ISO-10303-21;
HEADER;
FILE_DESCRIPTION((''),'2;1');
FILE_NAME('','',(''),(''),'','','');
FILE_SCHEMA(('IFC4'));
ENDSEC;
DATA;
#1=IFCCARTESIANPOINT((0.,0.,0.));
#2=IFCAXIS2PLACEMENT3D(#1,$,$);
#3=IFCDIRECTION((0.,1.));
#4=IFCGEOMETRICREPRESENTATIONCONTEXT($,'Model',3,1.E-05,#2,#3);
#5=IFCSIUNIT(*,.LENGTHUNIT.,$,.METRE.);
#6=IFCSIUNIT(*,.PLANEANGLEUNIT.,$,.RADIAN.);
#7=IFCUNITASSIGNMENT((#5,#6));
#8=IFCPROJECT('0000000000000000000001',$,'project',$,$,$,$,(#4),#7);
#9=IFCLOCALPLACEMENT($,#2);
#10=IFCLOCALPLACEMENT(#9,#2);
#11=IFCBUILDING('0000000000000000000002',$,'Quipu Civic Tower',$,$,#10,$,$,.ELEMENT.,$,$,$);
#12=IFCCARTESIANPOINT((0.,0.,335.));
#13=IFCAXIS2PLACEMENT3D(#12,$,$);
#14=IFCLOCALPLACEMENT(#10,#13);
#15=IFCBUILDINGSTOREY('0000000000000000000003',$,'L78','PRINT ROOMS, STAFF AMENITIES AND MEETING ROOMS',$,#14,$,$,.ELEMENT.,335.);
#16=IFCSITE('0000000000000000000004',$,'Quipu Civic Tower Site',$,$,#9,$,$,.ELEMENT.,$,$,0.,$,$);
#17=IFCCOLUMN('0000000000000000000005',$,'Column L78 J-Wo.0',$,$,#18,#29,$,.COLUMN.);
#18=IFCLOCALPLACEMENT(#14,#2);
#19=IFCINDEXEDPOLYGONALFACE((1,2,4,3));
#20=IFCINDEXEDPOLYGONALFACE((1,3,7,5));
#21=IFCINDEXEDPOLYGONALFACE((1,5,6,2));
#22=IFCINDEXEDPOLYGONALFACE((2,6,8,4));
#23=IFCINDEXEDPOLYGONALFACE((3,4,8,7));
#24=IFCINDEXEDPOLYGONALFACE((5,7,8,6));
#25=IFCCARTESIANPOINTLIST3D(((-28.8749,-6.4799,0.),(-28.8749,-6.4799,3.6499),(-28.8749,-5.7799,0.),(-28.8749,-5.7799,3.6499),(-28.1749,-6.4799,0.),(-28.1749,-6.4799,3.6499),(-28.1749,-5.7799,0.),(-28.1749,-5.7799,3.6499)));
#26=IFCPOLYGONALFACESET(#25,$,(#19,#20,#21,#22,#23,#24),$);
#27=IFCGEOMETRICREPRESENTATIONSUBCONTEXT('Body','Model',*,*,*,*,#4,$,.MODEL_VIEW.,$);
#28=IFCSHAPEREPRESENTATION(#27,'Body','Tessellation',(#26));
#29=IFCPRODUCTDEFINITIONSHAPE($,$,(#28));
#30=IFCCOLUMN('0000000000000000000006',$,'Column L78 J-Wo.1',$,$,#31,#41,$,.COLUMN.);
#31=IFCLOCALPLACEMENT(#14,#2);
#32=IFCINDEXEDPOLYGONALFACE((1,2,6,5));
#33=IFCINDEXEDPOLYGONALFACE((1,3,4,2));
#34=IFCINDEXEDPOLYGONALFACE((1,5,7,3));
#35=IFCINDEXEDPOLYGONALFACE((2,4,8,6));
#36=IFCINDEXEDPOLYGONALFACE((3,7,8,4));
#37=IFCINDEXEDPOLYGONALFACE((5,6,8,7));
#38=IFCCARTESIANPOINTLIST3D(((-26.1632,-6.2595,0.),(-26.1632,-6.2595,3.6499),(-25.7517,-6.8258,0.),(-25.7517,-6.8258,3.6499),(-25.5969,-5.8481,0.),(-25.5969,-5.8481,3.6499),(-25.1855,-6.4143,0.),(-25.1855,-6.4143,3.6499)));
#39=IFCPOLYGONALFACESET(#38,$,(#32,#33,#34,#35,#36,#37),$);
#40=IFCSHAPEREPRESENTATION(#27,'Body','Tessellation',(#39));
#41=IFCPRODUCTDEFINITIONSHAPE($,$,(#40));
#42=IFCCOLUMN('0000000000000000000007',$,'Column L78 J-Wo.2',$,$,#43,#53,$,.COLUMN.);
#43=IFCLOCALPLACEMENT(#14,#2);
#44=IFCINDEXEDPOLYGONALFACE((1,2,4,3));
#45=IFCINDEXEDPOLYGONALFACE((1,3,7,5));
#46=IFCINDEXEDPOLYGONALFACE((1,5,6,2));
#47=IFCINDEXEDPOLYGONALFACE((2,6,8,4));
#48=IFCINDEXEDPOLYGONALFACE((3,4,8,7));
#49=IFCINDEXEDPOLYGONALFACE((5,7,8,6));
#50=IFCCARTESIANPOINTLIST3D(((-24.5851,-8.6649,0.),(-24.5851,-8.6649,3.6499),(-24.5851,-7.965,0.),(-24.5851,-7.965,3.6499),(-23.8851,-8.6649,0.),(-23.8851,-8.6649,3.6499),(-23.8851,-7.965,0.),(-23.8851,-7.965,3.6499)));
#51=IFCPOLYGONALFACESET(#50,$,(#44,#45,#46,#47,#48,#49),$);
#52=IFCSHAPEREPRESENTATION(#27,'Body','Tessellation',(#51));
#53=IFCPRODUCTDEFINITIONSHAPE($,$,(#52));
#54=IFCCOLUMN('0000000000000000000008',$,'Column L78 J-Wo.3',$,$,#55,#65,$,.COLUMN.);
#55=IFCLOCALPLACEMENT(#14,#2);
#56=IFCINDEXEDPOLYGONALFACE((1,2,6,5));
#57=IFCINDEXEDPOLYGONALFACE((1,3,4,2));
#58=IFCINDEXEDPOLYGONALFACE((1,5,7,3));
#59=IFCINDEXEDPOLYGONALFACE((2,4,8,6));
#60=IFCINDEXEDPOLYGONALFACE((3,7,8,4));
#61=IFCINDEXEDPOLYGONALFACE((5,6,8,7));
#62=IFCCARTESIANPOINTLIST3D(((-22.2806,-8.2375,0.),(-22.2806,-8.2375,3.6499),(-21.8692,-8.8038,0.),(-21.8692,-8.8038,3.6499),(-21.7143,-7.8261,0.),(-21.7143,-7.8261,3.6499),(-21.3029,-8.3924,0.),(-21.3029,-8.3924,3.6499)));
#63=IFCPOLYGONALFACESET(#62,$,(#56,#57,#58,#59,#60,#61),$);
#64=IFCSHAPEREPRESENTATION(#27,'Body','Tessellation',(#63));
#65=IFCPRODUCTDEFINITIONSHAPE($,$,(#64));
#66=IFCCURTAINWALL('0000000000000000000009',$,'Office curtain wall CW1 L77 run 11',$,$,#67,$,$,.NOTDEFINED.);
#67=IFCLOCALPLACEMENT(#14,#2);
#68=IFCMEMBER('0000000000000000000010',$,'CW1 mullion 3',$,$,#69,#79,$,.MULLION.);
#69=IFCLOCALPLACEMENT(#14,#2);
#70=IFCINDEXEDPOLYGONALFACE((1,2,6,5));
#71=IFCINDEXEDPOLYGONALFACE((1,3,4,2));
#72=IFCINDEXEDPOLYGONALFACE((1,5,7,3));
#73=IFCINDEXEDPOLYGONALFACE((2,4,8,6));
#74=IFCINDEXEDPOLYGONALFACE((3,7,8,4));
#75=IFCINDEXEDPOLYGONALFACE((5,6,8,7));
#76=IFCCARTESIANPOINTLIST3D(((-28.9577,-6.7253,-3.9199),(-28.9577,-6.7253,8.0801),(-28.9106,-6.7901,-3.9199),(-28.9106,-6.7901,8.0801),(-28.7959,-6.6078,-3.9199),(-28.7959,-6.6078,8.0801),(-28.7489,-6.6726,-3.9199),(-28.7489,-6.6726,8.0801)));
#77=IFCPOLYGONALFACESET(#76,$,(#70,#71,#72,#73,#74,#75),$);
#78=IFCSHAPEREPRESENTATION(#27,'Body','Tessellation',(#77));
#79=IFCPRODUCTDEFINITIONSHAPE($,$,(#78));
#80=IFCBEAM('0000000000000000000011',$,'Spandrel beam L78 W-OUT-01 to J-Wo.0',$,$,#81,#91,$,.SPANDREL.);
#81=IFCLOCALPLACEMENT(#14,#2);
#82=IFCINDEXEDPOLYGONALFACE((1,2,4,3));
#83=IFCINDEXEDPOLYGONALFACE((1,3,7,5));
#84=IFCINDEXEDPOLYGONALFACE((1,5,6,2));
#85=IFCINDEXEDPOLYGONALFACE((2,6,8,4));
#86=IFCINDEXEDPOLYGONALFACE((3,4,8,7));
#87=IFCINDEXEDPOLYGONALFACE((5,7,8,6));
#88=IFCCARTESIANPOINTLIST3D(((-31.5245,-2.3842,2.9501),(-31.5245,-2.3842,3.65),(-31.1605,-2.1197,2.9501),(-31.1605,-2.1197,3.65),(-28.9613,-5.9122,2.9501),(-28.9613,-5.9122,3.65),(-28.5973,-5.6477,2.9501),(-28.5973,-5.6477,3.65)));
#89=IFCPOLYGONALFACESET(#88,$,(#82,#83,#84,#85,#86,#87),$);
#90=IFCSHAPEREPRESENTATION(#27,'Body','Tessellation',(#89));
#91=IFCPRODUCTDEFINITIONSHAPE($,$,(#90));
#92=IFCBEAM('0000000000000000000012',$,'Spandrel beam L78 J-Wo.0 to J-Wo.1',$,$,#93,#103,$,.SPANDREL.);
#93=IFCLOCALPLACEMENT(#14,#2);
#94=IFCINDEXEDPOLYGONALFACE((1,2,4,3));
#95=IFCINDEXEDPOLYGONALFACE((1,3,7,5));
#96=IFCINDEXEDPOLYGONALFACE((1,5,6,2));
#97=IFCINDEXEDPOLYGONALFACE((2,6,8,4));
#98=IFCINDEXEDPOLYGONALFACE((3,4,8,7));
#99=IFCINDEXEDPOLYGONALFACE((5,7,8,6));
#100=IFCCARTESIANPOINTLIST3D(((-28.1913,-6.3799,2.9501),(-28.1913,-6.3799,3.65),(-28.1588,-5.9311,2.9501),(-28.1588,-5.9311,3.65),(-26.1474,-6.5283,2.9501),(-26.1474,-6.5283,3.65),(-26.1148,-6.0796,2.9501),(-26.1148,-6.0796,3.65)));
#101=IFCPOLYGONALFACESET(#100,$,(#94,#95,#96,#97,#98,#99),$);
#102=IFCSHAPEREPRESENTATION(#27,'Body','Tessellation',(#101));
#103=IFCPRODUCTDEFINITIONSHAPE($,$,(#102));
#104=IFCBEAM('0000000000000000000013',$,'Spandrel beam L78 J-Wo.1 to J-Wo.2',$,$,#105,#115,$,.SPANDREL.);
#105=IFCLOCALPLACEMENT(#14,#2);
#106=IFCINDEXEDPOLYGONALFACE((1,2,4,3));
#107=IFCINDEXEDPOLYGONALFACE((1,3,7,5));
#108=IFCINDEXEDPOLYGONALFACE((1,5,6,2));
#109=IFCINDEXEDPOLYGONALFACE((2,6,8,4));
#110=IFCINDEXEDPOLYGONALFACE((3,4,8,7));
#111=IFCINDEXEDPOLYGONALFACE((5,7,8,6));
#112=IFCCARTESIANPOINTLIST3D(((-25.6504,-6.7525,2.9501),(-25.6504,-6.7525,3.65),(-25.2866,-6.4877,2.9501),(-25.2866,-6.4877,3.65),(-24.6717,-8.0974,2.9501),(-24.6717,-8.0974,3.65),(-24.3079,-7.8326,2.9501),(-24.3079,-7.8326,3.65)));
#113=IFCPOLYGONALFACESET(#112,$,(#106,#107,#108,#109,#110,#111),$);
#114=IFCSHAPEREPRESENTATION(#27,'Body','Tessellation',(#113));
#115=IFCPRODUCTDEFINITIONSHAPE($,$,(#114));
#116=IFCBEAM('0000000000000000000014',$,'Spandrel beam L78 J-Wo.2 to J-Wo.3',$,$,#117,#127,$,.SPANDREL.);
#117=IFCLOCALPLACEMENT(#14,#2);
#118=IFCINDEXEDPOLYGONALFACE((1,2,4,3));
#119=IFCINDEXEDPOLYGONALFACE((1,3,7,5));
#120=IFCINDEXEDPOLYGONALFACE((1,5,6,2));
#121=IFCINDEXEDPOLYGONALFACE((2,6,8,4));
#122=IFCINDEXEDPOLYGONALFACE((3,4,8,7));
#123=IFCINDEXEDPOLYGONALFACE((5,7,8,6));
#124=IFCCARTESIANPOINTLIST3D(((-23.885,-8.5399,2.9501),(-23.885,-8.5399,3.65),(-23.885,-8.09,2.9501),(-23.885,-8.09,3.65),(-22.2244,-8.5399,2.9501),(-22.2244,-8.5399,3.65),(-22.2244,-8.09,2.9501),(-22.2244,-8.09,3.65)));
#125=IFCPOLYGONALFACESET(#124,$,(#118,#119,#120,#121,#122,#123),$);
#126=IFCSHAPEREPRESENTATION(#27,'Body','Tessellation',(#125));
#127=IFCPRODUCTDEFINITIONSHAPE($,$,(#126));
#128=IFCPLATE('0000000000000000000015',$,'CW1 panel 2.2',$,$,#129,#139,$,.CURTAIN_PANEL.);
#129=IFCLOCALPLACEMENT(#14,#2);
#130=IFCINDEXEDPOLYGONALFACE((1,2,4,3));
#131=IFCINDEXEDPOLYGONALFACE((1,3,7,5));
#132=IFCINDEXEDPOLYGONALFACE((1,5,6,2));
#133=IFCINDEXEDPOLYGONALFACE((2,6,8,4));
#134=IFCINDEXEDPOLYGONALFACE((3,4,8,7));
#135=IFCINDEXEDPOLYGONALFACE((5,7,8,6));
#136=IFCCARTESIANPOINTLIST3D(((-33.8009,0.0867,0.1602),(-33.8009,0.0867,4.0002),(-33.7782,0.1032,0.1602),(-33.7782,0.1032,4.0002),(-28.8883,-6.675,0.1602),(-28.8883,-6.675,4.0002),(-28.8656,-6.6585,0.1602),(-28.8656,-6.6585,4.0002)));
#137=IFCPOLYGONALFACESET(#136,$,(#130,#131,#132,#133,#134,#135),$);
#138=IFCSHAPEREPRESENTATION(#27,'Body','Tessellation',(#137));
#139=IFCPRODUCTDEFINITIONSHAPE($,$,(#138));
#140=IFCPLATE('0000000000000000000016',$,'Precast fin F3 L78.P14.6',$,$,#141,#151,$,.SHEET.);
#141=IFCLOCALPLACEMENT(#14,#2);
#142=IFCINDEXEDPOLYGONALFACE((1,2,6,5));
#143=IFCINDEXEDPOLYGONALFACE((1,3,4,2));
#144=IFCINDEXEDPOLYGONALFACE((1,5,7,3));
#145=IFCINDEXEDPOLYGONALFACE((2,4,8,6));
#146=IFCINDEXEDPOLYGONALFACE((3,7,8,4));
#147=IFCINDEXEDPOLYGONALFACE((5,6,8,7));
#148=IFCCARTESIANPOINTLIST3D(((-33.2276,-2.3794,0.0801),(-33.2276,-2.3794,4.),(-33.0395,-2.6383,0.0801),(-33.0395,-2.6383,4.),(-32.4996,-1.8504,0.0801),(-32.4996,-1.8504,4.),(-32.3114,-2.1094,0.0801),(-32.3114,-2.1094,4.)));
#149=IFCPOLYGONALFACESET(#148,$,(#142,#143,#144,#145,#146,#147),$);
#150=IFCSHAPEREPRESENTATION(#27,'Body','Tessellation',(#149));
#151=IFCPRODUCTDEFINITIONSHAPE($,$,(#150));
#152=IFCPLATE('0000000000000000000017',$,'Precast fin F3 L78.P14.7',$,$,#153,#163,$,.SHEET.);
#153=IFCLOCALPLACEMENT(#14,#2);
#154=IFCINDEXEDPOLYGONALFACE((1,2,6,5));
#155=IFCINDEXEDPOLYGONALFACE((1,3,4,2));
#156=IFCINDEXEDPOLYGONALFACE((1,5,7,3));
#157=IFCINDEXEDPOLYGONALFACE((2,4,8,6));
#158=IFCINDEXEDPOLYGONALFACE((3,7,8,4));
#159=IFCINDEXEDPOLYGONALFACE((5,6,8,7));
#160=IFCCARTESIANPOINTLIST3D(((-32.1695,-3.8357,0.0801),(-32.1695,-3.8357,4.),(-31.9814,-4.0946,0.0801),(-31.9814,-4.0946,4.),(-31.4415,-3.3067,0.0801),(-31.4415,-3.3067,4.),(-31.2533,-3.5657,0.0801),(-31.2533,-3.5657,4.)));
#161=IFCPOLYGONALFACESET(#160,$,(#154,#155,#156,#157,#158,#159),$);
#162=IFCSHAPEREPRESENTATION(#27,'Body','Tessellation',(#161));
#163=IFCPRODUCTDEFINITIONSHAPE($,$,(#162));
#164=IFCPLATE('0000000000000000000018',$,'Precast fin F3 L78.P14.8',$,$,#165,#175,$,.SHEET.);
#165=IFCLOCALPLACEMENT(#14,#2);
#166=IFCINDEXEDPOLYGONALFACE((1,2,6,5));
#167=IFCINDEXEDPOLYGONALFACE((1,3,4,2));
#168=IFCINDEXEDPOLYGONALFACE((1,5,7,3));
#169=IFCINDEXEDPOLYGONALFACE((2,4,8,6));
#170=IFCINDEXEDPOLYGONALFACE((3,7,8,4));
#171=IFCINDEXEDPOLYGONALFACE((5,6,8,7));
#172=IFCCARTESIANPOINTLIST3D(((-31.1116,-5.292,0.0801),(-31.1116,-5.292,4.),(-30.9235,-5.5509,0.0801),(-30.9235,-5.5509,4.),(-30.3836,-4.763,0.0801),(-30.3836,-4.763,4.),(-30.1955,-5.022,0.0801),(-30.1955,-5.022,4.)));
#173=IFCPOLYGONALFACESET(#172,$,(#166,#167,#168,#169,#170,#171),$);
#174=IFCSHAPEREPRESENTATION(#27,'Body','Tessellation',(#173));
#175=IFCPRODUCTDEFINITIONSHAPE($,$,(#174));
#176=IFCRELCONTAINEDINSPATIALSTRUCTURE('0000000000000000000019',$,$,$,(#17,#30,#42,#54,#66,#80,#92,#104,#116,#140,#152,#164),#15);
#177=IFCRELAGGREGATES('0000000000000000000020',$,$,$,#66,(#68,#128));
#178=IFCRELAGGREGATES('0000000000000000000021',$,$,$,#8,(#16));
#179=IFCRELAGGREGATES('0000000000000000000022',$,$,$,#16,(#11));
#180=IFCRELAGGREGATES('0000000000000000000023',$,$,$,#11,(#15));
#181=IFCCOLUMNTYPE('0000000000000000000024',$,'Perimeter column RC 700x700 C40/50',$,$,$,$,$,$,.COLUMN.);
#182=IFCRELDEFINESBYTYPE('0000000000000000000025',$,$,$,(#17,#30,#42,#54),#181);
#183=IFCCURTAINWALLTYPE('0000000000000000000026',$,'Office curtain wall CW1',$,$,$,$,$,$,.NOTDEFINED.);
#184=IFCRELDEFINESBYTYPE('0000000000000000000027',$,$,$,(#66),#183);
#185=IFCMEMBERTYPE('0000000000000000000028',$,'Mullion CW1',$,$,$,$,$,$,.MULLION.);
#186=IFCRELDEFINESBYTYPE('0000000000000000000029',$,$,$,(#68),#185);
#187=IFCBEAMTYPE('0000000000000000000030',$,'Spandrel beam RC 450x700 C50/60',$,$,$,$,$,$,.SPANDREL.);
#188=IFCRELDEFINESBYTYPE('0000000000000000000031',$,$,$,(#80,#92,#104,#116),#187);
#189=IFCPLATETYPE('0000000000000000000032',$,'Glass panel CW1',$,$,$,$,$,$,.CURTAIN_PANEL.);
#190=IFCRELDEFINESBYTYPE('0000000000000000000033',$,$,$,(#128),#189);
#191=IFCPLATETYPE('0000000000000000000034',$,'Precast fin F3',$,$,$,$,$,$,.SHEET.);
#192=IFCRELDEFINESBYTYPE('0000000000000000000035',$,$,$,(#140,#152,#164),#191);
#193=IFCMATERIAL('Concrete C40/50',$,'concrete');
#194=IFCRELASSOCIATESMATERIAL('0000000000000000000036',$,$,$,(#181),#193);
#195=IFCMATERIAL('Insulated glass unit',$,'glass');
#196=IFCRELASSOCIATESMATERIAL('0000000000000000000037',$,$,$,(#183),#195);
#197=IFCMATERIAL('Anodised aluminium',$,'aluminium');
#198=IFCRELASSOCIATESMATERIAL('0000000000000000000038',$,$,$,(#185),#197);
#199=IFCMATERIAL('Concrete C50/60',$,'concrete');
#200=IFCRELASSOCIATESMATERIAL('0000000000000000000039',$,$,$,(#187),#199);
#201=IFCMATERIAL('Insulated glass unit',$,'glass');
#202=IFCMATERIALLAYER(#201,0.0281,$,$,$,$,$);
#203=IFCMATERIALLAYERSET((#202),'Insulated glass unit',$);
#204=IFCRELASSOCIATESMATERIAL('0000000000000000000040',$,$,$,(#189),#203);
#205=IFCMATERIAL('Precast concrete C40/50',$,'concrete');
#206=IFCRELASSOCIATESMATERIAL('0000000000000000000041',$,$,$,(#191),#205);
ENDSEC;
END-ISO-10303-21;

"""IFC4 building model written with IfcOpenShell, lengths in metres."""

from ifc_helpers import new_model, si_unit, direction, frame, origin, origin_2d, place, context, subcontext, project, spatial, rectangle, extrude, material, layer, layer_set, material_profile, profile_set, type_object, element, aggregate, save


model = new_model("IFC4")

# Units and contexts
model_context = context("Model", 3, precision=1e-05, world=origin(), true_north=direction((0.0, 1.0)))
body_context = subcontext(model_context, "Body", "Model", "MODEL_VIEW")
ifc_project = project(units=[si_unit("LENGTHUNIT", "METRE"), si_unit("PLANEANGLEUNIT", "RADIAN")], contexts=[model_context])

# Site, building, storey
site_placement = place(None, origin())
site = spatial("IfcSite", under=ifc_project, at=site_placement, Name="Quipu Civic Tower Site", CompositionType="ELEMENT", RefElevation=0.0)
building_placement = place(site_placement, origin())
building = spatial("IfcBuilding", under=site, at=building_placement, Name="Quipu Civic Tower", CompositionType="ELEMENT")
storey_placement = place(building_placement, frame((0.0, 0.0, 335.0)))
storey = spatial("IfcBuildingStorey", under=building, at=storey_placement, Name="L78", Description="PRINT ROOMS, STAFF AMENITIES AND MEETING ROOMS", CompositionType="ELEMENT", Elevation=335.0)

# Columns
ifc_material_1 = material(Name="Concrete C40/50", Category="concrete")
ifc_material_profile_1 = material_profile(ifc_material_1, rectangle(XDim=0.7, YDim=0.7, at=origin_2d()), Name="RC700x700")
ifc_profile_set_1 = profile_set([ifc_material_profile_1], Name="Concrete C40/50")
column_type = type_object("IfcColumnType", Name="Perimeter column RC 700x700 C40/50", PredefinedType="COLUMN", material=ifc_profile_set_1)
for number, where, z_axis, x_axis, name in (
    (1, (-28.5249, -6.1299, 0.0), (0.0, 0.0, 1.0), (1.0, 0.0, 0.0), "Column L78 J-Wo.0"),
    (2, (-25.6743, -6.3369, 0.0), (0.0, 0.0, 1.0), (0.587785, -0.809017, 0.0), "Column L78 J-Wo.1"),
    (3, (-24.2351, -8.3149, 0.0), (0.0, 0.0, 1.0), (1.0, 0.0, 0.0), "Column L78 J-Wo.2"),
    (4, (-21.7917, -8.3149, 0.0), (0.0, 0.0, 1.0), (0.587785, -0.809017, 0.0), "Column L78 J-Wo.3"),
):
    element("IfcColumn", number, at=place(storey_placement, frame(where, z_axis=z_axis, x_axis=x_axis)), inside=storey, type_object=column_type, Name=name, PredefinedType="COLUMN", context=body_context, shape_type="SweptSolid", body=[
        extrude(rectangle(XDim=0.7, YDim=0.7, at=origin_2d()), origin(), (0.0, 0.0, 1.0), 3.6499),
    ])

# Curtain wall, member
ifc_material_2 = material(Name="Insulated glass unit", Category="glass")
curtain_wall_type = type_object("IfcCurtainWallType", Name="Office curtain wall CW1", PredefinedType="NOTDEFINED", material=ifc_material_2)
curtain_wall_placement = place(storey_placement, origin())
curtain_wall = element("IfcCurtainWall", 5, at=curtain_wall_placement, inside=storey, type_object=curtain_wall_type, Name="Office curtain wall CW1 L77 run 11", PredefinedType="NOTDEFINED")
ifc_material_3 = material(Name="Anodised aluminium", Category="aluminium")
ifc_material_profile_2 = material_profile(ifc_material_3, rectangle(XDim=0.2, YDim=0.0801, at=origin_2d()), Name="RECT 200x80")
ifc_profile_set_2 = profile_set([ifc_material_profile_2], Name="Anodised aluminium")
member_type = type_object("IfcMemberType", Name="Mullion CW1", PredefinedType="MULLION", material=ifc_profile_set_2)
member_placement = place(storey_placement, frame((-28.8533, -6.699, -3.9199), z_axis=(0.0, 0.0, 1.0), x_axis=(0.809016, 0.587786, 0.0)))
member = element("IfcMember", 6, at=member_placement, type_object=member_type, Name="CW1 mullion 3", PredefinedType="MULLION", context=body_context, shape_type="SweptSolid", body=[
    extrude(rectangle(XDim=0.2, YDim=0.0801, at=origin_2d()), origin(), (0.0, 0.0, 1.0), 12.0),
])

# Beams
ifc_material_4 = material(Name="Concrete C50/60", Category="concrete")
ifc_material_profile_3 = material_profile(ifc_material_4, rectangle(XDim=0.45, YDim=0.7, at=origin_2d()), Name="RC450x700")
ifc_profile_set_3 = profile_set([ifc_material_profile_3], Name="Concrete C50/60")
beam_type = type_object("IfcBeamType", Name="Spandrel beam RC 450x700 C50/60", PredefinedType="SPANDREL", material=ifc_profile_set_3)
beam_1_placement = place(storey_placement, frame((-31.3425, -2.252, 3.3), z_axis=(0.587776, -0.809024, 0.0), x_axis=(0.809024, 0.587776, 0.0)))
element("IfcBeam", 7, at=beam_1_placement, inside=storey, type_object=beam_type, Name="Spandrel beam L78 W-OUT-01 to J-Wo.0", PredefinedType="SPANDREL", context=body_context, shape_type="SweptSolid", body=[
    extrude(rectangle(XDim=0.45, YDim=0.7, at=origin_2d()), origin(), (0.0, 0.0, 1.0), 4.3608),
])
beam_2_placement = place(storey_placement, frame((-28.175, -6.1555, 3.3), z_axis=(0.997373, -0.072432, 0.0), x_axis=(0.072432, 0.997373, 0.0)))
element("IfcBeam", 8, at=beam_2_placement, inside=storey, type_object=beam_type, Name="Spandrel beam L78 J-Wo.0 to J-Wo.1", PredefinedType="SPANDREL", context=body_context, shape_type="SweptSolid", body=[
    extrude(rectangle(XDim=0.45, YDim=0.7, at=origin_2d()), origin(), (0.0, 0.0, 1.0), 2.0493),
])
beam_3_placement = place(storey_placement, frame((-25.4685, -6.6201, 3.3), z_axis=(0.588407, -0.808565, 0.0), x_axis=(0.808565, 0.588407, 0.0)))
element("IfcBeam", 9, at=beam_3_placement, inside=storey, type_object=beam_type, Name="Spandrel beam L78 J-Wo.1 to J-Wo.2", PredefinedType="SPANDREL", context=body_context, shape_type="SweptSolid", body=[
    extrude(rectangle(XDim=0.45, YDim=0.7, at=origin_2d()), origin(), (0.0, 0.0, 1.0), 1.6633),
])
beam_4_placement = place(storey_placement, frame((-23.885, -8.3149, 3.3), z_axis=(1.0, 0.0, 0.0), x_axis=(0.0, 1.0, 0.0)))
element("IfcBeam", 10, at=beam_4_placement, inside=storey, type_object=beam_type, Name="Spandrel beam L78 J-Wo.2 to J-Wo.3", PredefinedType="SPANDREL", context=body_context, shape_type="SweptSolid", body=[
    extrude(rectangle(XDim=0.45, YDim=0.7, at=origin_2d()), origin(), (0.0, 0.0, 1.0), 1.6606),
])

# Plate
ifc_material_5 = material(Name="Insulated glass unit", Category="glass")
ifc_layer_1 = layer(ifc_material_5, 0.0281)
ifc_layer_set_1 = layer_set([ifc_layer_1], Name="Insulated glass unit")
plate_type_1 = type_object("IfcPlateType", Name="Glass panel CW1", PredefinedType="CURTAIN_PANEL", material=ifc_layer_set_1)
plate_placement = place(storey_placement, frame((-31.3333, -3.2859, 0.1602), z_axis=(0.0, 0.0, 1.0), x_axis=(0.587786, -0.809016, 0.0)))
plate = element("IfcPlate", 11, at=plate_placement, type_object=plate_type_1, Name="CW1 panel 2.2", PredefinedType="CURTAIN_PANEL", context=body_context, shape_type="SweptSolid", body=[
    extrude(rectangle(XDim=8.3579, YDim=0.0281, at=origin_2d()), origin(), (0.0, 0.0, 1.0), 3.8401),
])
aggregate(curtain_wall, [member, plate])

# Plates
ifc_material_6 = material(Name="Precast concrete C40/50", Category="concrete")
plate_type_2 = type_object("IfcPlateType", Name="Precast fin F3", PredefinedType="SHEET", material=ifc_material_6)
for number, where, z_axis, x_axis, name in (
    (12, (-32.7695, -2.2444, 0.0801), (0.0, 0.0, 1.0), (0.587787, -0.809016, 0.0), "Precast fin F3 L78.P14.6"),
    (13, (-31.7114, -3.7007, 0.0801), (0.0, 0.0, 1.0), (0.587787, -0.809016, 0.0), "Precast fin F3 L78.P14.7"),
    (14, (-30.6536, -5.157, 0.0801), (0.0, 0.0, 1.0), (0.587787, -0.809016, 0.0), "Precast fin F3 L78.P14.8"),
):
    element("IfcPlate", number, at=place(storey_placement, frame(where, z_axis=z_axis, x_axis=x_axis)), inside=storey, type_object=plate_type_2, Name=name, PredefinedType="SHEET", context=body_context, shape_type="SweptSolid", body=[
        extrude(rectangle(XDim=0.3201, YDim=0.8999, at=origin_2d()), origin(), (0.0, 0.0, 1.0), 3.9199),
    ])

save(model, "model.ifc")
